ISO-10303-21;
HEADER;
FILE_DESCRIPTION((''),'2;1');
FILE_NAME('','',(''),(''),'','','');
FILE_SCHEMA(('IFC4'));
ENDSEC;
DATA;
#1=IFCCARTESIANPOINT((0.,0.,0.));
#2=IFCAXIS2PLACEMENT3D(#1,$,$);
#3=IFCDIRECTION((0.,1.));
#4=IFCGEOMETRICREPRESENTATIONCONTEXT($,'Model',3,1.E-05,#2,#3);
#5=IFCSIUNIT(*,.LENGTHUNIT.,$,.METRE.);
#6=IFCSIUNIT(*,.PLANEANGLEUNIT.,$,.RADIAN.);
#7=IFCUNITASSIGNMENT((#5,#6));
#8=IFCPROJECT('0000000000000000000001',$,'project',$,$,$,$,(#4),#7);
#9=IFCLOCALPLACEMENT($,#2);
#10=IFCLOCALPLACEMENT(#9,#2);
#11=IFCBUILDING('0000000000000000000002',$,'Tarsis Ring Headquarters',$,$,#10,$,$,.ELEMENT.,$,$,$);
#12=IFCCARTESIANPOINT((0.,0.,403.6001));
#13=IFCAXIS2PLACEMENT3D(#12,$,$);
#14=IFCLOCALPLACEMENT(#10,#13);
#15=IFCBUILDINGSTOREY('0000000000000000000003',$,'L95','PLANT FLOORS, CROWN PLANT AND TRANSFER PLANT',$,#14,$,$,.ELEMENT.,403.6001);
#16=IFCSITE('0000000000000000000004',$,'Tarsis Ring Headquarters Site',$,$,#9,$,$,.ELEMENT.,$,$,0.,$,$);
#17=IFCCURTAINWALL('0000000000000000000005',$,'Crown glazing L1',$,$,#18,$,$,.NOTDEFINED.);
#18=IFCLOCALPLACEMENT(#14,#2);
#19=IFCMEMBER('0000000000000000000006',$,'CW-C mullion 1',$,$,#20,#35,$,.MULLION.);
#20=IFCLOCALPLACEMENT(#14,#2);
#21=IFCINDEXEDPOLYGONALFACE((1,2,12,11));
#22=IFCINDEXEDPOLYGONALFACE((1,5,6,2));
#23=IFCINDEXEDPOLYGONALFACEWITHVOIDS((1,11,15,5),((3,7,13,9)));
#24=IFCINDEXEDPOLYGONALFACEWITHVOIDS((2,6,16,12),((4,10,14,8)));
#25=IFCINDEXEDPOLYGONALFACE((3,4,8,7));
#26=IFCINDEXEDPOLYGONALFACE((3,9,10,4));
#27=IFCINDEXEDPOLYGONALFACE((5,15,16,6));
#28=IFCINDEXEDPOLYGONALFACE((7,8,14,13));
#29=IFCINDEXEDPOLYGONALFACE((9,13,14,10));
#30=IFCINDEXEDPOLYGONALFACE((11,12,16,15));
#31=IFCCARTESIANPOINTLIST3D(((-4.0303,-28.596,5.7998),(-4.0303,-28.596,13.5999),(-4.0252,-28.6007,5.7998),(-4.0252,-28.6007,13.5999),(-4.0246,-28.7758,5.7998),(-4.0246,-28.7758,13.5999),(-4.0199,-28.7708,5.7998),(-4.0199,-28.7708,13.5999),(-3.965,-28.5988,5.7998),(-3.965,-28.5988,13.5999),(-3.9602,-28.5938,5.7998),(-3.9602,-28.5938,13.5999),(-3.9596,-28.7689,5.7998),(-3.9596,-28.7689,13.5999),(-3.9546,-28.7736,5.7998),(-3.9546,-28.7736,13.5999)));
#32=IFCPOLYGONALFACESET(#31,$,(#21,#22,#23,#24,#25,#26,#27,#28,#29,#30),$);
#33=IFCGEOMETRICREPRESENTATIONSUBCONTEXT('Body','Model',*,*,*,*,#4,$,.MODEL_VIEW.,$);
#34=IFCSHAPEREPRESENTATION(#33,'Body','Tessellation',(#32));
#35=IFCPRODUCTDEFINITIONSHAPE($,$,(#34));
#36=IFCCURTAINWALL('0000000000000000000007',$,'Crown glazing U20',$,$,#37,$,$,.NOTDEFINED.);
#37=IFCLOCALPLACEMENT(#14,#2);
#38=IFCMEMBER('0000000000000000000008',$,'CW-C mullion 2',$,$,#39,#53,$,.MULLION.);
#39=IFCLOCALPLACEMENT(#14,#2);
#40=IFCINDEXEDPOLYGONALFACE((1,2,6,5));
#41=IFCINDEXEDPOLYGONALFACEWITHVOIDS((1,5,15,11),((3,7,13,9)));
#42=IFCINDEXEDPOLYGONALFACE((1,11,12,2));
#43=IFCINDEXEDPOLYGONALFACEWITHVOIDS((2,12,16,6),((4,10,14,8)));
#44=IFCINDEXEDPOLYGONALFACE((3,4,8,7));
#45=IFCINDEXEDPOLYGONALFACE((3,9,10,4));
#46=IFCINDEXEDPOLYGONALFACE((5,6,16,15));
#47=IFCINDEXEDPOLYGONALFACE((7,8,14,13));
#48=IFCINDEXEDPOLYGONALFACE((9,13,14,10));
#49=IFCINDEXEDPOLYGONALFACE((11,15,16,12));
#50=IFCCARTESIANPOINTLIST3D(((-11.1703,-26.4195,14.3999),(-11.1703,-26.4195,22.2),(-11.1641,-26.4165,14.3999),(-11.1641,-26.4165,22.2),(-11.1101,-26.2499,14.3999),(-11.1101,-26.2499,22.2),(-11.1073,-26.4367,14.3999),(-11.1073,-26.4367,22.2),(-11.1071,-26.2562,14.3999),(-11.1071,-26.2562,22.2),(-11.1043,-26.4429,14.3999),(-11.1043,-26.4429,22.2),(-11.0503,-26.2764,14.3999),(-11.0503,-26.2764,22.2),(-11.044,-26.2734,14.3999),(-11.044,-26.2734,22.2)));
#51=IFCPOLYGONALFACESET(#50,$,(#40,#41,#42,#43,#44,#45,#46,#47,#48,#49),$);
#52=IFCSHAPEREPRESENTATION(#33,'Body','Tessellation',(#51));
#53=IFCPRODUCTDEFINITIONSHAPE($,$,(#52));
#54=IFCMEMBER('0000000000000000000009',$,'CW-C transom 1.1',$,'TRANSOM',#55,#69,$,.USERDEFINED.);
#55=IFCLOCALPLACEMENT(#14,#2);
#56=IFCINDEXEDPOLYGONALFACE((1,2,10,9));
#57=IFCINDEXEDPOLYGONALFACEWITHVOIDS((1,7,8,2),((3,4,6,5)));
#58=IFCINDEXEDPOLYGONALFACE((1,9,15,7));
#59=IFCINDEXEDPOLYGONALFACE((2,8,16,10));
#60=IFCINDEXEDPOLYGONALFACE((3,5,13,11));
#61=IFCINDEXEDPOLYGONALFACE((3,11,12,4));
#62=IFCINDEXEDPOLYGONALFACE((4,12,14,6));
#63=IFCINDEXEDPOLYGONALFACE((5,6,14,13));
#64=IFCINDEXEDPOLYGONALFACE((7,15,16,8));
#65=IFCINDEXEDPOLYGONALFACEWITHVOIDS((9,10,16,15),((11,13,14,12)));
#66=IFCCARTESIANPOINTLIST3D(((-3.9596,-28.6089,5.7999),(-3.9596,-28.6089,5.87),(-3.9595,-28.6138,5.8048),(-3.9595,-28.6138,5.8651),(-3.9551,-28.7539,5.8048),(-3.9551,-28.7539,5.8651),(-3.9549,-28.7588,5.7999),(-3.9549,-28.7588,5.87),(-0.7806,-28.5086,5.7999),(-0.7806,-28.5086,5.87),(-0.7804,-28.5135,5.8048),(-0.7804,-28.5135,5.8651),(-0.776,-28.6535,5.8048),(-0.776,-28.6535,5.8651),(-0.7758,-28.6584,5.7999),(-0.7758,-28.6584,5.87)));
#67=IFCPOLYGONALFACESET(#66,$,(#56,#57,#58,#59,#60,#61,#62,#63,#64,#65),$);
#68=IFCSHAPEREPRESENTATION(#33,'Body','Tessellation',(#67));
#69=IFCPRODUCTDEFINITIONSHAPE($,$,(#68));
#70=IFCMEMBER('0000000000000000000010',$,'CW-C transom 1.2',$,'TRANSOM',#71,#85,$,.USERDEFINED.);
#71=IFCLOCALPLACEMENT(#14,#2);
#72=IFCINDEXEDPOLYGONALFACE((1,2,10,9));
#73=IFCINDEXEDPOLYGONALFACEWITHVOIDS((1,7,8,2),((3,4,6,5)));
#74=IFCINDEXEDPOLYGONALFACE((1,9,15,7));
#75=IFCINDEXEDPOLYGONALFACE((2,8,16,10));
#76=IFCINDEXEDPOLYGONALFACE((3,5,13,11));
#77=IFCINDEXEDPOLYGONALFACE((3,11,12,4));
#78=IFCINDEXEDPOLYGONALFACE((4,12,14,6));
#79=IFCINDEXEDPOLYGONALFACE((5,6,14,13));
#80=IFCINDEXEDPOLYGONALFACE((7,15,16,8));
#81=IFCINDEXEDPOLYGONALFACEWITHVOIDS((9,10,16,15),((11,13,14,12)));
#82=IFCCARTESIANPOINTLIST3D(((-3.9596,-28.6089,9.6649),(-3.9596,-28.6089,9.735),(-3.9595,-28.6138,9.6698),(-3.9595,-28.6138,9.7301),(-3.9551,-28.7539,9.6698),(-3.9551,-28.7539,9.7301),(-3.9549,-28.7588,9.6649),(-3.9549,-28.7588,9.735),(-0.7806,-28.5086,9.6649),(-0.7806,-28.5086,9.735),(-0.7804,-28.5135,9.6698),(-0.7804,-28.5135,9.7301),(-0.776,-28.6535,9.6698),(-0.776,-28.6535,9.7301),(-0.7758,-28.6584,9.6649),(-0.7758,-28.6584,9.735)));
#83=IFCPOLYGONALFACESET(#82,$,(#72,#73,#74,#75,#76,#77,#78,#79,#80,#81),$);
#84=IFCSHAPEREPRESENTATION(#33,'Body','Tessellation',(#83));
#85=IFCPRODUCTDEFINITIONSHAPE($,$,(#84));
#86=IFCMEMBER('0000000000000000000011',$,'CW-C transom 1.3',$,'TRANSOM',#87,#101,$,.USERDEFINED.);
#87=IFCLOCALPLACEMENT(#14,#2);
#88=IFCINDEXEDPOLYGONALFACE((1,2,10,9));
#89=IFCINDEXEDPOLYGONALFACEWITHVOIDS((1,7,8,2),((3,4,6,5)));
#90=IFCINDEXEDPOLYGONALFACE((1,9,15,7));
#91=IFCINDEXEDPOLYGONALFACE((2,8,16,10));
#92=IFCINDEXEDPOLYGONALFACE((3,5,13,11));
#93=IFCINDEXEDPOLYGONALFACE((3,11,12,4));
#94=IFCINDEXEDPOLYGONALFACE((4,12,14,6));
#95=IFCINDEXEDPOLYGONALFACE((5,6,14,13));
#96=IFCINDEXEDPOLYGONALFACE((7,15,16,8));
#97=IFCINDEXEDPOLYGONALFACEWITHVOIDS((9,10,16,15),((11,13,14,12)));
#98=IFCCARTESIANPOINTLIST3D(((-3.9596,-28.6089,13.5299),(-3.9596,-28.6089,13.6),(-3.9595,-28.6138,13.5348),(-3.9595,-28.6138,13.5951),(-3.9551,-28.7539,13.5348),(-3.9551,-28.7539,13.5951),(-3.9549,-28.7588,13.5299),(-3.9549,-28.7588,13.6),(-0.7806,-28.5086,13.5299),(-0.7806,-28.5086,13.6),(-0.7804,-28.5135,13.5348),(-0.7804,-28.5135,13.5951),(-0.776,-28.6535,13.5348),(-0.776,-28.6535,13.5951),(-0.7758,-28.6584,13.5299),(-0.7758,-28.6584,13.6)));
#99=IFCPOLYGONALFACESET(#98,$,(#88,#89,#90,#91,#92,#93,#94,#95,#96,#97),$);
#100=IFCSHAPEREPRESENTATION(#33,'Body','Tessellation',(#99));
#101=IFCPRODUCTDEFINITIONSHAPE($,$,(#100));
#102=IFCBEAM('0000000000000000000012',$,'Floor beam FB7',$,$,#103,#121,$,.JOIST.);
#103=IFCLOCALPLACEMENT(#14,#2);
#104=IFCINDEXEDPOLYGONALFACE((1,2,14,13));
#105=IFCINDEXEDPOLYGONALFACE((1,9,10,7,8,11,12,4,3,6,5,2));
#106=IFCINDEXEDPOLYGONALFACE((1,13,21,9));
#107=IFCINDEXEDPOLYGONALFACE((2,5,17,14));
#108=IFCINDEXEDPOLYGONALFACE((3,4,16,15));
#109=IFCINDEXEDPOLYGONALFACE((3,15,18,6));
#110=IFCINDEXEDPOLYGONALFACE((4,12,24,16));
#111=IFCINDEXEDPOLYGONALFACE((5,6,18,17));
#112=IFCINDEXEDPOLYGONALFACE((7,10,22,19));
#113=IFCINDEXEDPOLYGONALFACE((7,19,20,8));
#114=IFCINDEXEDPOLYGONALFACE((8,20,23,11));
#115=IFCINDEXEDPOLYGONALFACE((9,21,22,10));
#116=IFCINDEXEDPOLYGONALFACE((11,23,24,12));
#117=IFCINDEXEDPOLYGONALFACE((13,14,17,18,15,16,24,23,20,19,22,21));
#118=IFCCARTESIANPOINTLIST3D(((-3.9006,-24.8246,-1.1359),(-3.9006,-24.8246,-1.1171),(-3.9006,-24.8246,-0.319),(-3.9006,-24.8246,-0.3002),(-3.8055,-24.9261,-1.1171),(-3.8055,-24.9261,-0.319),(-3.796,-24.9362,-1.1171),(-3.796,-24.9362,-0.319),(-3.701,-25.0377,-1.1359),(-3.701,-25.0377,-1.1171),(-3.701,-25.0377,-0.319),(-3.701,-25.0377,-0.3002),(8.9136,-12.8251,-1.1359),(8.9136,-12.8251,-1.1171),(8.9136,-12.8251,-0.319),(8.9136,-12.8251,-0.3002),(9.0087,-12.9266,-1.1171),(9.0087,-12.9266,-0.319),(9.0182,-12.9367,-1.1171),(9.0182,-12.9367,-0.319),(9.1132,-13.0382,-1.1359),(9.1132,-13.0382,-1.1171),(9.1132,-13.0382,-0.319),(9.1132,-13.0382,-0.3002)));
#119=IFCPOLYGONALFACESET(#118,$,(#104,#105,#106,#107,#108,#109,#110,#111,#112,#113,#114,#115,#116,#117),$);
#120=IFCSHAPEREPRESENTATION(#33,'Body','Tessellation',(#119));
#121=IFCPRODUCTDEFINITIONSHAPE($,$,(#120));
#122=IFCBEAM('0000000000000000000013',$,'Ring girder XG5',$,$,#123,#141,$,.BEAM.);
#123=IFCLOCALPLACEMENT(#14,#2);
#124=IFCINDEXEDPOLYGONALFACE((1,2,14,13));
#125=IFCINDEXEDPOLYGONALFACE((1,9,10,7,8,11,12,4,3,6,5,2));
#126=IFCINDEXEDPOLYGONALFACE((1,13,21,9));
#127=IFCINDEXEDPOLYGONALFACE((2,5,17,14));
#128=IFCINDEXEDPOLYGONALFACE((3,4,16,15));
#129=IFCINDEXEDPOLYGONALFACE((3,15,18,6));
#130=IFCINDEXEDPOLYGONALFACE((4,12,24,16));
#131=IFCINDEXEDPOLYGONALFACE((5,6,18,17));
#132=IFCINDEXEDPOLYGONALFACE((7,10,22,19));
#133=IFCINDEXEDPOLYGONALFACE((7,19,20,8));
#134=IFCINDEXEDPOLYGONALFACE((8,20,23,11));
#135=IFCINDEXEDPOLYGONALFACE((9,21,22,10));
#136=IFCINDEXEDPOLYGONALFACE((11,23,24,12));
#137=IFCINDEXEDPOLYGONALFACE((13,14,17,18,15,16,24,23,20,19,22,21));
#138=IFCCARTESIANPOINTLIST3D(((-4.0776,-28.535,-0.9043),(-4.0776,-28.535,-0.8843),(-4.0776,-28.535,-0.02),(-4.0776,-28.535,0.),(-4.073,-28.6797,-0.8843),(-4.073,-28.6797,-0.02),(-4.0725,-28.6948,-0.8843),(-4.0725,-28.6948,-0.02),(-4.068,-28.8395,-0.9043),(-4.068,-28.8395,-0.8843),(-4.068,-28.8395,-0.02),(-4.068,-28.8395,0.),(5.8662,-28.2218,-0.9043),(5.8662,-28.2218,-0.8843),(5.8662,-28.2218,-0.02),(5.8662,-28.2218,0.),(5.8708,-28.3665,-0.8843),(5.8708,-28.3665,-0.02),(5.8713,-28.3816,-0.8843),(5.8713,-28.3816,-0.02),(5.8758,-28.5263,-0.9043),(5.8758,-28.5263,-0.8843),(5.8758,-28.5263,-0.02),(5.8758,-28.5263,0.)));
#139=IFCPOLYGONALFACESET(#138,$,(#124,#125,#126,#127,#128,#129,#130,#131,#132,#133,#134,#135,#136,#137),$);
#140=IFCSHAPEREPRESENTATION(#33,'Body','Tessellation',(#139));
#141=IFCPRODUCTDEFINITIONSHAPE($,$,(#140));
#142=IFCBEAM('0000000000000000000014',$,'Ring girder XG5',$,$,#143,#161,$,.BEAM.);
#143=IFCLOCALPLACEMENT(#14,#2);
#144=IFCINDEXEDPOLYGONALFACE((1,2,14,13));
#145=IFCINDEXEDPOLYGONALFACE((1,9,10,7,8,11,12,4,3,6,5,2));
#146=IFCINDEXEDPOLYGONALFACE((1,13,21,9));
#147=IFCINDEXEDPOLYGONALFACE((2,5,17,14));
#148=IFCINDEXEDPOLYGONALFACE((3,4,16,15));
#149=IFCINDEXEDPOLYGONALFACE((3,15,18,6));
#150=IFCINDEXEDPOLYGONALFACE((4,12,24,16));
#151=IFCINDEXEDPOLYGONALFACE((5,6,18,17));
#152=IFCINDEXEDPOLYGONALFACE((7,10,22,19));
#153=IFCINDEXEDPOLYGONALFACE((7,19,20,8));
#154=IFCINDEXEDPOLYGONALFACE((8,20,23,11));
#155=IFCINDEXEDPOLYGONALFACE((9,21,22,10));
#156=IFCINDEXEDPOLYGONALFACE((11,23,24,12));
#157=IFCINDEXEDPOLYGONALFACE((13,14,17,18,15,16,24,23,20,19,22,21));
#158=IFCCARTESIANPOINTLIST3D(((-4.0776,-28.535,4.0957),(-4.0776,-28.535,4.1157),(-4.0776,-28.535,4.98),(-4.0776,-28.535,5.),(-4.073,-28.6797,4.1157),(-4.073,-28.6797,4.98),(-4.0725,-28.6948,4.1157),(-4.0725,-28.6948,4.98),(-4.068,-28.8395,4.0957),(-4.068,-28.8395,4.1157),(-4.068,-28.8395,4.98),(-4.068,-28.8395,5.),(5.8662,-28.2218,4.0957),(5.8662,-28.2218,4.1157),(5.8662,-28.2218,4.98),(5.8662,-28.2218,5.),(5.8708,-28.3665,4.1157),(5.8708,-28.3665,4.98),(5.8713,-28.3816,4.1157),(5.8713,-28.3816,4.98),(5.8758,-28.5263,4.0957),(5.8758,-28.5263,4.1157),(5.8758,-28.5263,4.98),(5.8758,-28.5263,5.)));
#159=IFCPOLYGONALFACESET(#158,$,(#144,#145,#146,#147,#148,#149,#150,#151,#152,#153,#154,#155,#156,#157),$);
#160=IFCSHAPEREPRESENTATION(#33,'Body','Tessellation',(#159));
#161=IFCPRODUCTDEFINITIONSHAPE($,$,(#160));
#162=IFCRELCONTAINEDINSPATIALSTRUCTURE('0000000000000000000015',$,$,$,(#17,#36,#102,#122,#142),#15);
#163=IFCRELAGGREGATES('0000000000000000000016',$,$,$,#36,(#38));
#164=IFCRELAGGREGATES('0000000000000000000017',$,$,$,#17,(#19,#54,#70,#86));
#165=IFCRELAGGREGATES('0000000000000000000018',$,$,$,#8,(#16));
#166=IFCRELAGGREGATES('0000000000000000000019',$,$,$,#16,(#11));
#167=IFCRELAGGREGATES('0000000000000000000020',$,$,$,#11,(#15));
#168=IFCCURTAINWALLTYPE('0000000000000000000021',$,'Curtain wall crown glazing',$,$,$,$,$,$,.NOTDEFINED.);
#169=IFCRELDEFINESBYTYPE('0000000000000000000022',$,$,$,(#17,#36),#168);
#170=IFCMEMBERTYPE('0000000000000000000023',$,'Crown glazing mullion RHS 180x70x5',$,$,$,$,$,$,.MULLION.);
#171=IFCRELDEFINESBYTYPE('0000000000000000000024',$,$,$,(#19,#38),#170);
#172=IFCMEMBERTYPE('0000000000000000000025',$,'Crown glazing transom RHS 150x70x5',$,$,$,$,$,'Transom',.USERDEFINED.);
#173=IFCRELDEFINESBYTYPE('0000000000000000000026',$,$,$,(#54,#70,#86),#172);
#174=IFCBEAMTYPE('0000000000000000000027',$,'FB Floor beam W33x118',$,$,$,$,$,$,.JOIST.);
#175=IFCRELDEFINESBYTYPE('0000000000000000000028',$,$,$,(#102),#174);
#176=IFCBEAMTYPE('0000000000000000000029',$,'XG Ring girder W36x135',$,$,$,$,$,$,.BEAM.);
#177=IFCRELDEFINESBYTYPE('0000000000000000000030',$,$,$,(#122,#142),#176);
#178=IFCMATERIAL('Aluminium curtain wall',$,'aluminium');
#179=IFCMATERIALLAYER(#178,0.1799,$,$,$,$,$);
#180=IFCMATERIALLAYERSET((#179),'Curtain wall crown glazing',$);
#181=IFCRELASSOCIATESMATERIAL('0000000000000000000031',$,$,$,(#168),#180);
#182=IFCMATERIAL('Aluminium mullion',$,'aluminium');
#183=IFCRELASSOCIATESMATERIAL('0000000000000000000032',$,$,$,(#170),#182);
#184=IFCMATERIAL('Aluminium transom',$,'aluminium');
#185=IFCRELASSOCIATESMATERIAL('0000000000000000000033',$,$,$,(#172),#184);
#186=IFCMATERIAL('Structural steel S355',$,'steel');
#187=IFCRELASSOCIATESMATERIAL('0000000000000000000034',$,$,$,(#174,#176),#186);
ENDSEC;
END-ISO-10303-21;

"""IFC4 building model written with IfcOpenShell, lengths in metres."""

from ifc_helpers import new_model, si_unit, direction, frame, origin, origin_2d, place, context, subcontext, project, spatial, hollow_rectangle, i_section, extrude, material, layer, layer_set, material_profile, profile_set, type_object, element, aggregate, save


model = new_model("IFC4")

# Units and contexts
model_context = context("Model", 3, precision=1e-05, world=origin(), true_north=direction((0.0, 1.0)))
body_context = subcontext(model_context, "Body", "Model", "MODEL_VIEW")
ifc_project = project(units=[si_unit("LENGTHUNIT", "METRE"), si_unit("PLANEANGLEUNIT", "RADIAN")], contexts=[model_context])

# Site, building, storey
site_placement = place(None, origin())
site = spatial("IfcSite", under=ifc_project, at=site_placement, Name="Tarsis Ring Headquarters Site", CompositionType="ELEMENT", RefElevation=0.0)
building_placement = place(site_placement, origin())
building = spatial("IfcBuilding", under=site, at=building_placement, Name="Tarsis Ring Headquarters", CompositionType="ELEMENT")
storey_placement = place(building_placement, frame((0.0, 0.0, 403.6001)))
storey = spatial("IfcBuildingStorey", under=building, at=storey_placement, Name="L95", Description="PLANT FLOORS, CROWN PLANT AND TRANSFER PLANT", CompositionType="ELEMENT", Elevation=403.6001)

# Shared definitions
ifc_material_1 = material(Name="Structural steel S355", Category="steel")

# Curtain walls, members
ifc_material_2 = material(Name="Aluminium curtain wall", Category="aluminium")
ifc_layer = layer(ifc_material_2, 0.1799)
ifc_layer_set = layer_set([ifc_layer], Name="Curtain wall crown glazing")
curtain_wall_type = type_object("IfcCurtainWallType", Name="Curtain wall crown glazing", PredefinedType="NOTDEFINED", material=ifc_layer_set)
curtain_wall_1_placement = place(storey_placement, origin())
curtain_wall_1 = element("IfcCurtainWall", 1, at=curtain_wall_1_placement, inside=storey, type_object=curtain_wall_type, Name="Crown glazing L1", PredefinedType="NOTDEFINED")
ifc_material_3 = material(Name="Aluminium mullion", Category="aluminium")
ifc_material_profile_1 = material_profile(ifc_material_3, hollow_rectangle(XDim=0.1799, YDim=0.0701, WallThickness=0.0049, at=origin_2d()), Name="RHS 180x70x5")
ifc_profile_set_1 = profile_set([ifc_material_profile_1], Name="Aluminium mullion")
member_type_1 = type_object("IfcMemberType", Name="Crown glazing mullion RHS 180x70x5", PredefinedType="MULLION", material=ifc_profile_set_1)
member_1_placement = place(storey_placement, frame((-3.9924, -28.6848, 5.7998), z_axis=(0.0, 0.0, 1.0), x_axis=(-0.031498, 0.999504, 0.0)))
member_1 = element("IfcMember", 2, at=member_1_placement, type_object=member_type_1, Name="CW-C mullion 1", PredefinedType="MULLION", context=body_context, shape_type="SweptSolid", body=[
    extrude(hollow_rectangle(XDim=0.1799, YDim=0.0701, WallThickness=0.0049, at=origin_2d()), origin(), (0.0, 0.0, 1.0), 7.8),
])
curtain_wall_2_placement = place(storey_placement, origin())
curtain_wall_2 = element("IfcCurtainWall", 3, at=curtain_wall_2_placement, inside=storey, type_object=curtain_wall_type, Name="Crown glazing U20", PredefinedType="NOTDEFINED")
member_2_placement = place(storey_placement, frame((-11.1072, -26.3464, 14.3999), z_axis=(0.0, 0.0, 1.0), x_axis=(0.334876, 0.942262, 0.0)))
member_2 = element("IfcMember", 4, at=member_2_placement, type_object=member_type_1, Name="CW-C mullion 2", PredefinedType="MULLION", context=body_context, shape_type="SweptSolid", body=[
    extrude(hollow_rectangle(XDim=0.1799, YDim=0.0701, WallThickness=0.0049, at=origin_2d()), origin(), (0.0, 0.0, 1.0), 7.8),
])
aggregate(curtain_wall_2, [member_2])

# Members
ifc_material_4 = material(Name="Aluminium transom", Category="aluminium")
ifc_material_profile_2 = material_profile(ifc_material_4, hollow_rectangle(XDim=0.1499, YDim=0.0701, WallThickness=0.0049, at=origin_2d()), Name="RHS 150x70x5")
ifc_profile_set_2 = profile_set([ifc_material_profile_2], Name="Aluminium transom")
member_type_2 = type_object("IfcMemberType", Name="Crown glazing transom RHS 150x70x5", ElementType="Transom", PredefinedType="USERDEFINED", material=ifc_profile_set_2)
member_3_placement = place(storey_placement, frame((-3.9573, -28.6838, 5.835), z_axis=(0.999502, 0.031546, 0.0), x_axis=(-0.031546, 0.999502, 0.0)))
member_3 = element("IfcMember", 5, at=member_3_placement, type_object=member_type_2, Name="CW-C transom 1.1", ObjectType="TRANSOM", PredefinedType="USERDEFINED", context=body_context, shape_type="SweptSolid", body=[
    extrude(hollow_rectangle(XDim=0.1499, YDim=0.0701, WallThickness=0.0049, at=origin_2d()), origin(), (0.0, 0.0, 1.0), 3.1807),
])
member_4_placement = place(storey_placement, frame((-3.9573, -28.6838, 9.7), z_axis=(0.999502, 0.031546, 0.0), x_axis=(-0.031546, 0.999502, 0.0)))
member_4 = element("IfcMember", 6, at=member_4_placement, type_object=member_type_2, Name="CW-C transom 1.2", ObjectType="TRANSOM", PredefinedType="USERDEFINED", context=body_context, shape_type="SweptSolid", body=[
    extrude(hollow_rectangle(XDim=0.1499, YDim=0.0701, WallThickness=0.0049, at=origin_2d()), origin(), (0.0, 0.0, 1.0), 3.1807),
])
member_5_placement = place(storey_placement, frame((-3.9573, -28.6838, 13.5649), z_axis=(0.999502, 0.031546, 0.0), x_axis=(-0.031546, 0.999502, 0.0)))
member_5 = element("IfcMember", 7, at=member_5_placement, type_object=member_type_2, Name="CW-C transom 1.3", ObjectType="TRANSOM", PredefinedType="USERDEFINED", context=body_context, shape_type="SweptSolid", body=[
    extrude(hollow_rectangle(XDim=0.1499, YDim=0.0701, WallThickness=0.0049, at=origin_2d()), origin(), (0.0, 0.0, 1.0), 3.1807),
])
aggregate(curtain_wall_1, [member_1, member_3, member_4, member_5])

# Beams
ifc_material_profile_3 = material_profile(ifc_material_1, i_section(OverallWidth=0.292, OverallDepth=0.8357, WebThickness=0.0139, FlangeThickness=0.0188, at=origin_2d()), Name="W33x118")
ifc_profile_set_3 = profile_set([ifc_material_profile_3], Name="Structural steel S355")
beam_type_1 = type_object("IfcBeamType", Name="FB Floor beam W33x118", PredefinedType="JOIST", material=ifc_profile_set_3)
beam_placement = place(storey_placement, frame((-3.8008, -24.9312, -0.718), z_axis=(0.72993, 0.683522, 0.0), x_axis=(-0.683522, 0.72993, 0.0)))
element("IfcBeam", 8, at=beam_placement, inside=storey, type_object=beam_type_1, Name="Floor beam FB7", PredefinedType="JOIST", context=body_context, shape_type="SweptSolid", body=[
    extrude(i_section(OverallWidth=0.292, OverallDepth=0.8357, WebThickness=0.0139, FlangeThickness=0.0188, at=origin_2d()), origin(), (0.0, 0.0, 1.0), 17.5554),
])
ifc_material_profile_4 = material_profile(ifc_material_1, i_section(OverallWidth=0.3047, OverallDepth=0.9043, WebThickness=0.0151, FlangeThickness=0.02, at=origin_2d()), Name="W36x135")
ifc_profile_set_4 = profile_set([ifc_material_profile_4], Name="Structural steel S355")
beam_type_2 = type_object("IfcBeamType", Name="XG Ring girder W36x135", PredefinedType="BEAM", material=ifc_profile_set_4)
for number, where, z_axis, x_axis, name in (
    (9, (-4.0728, -28.6873, -0.4521), (0.999504, 0.031485, 0.0), (-0.031485, 0.999504, 0.0), "Ring girder XG5"),
    (10, (-4.0728, -28.6873, 4.5479), (0.999504, 0.031485, 0.0), (-0.031485, 0.999504, 0.0), "Ring girder XG5"),
):
    element("IfcBeam", number, at=place(storey_placement, frame(where, z_axis=z_axis, x_axis=x_axis)), inside=storey, type_object=beam_type_2, Name=name, PredefinedType="BEAM", context=body_context, shape_type="SweptSolid", body=[
        extrude(i_section(OverallWidth=0.3047, OverallDepth=0.9043, WebThickness=0.0151, FlangeThickness=0.02, at=origin_2d()), origin(), (0.0, 0.0, 1.0), 9.9487),
    ])

save(model, "model.ifc")
